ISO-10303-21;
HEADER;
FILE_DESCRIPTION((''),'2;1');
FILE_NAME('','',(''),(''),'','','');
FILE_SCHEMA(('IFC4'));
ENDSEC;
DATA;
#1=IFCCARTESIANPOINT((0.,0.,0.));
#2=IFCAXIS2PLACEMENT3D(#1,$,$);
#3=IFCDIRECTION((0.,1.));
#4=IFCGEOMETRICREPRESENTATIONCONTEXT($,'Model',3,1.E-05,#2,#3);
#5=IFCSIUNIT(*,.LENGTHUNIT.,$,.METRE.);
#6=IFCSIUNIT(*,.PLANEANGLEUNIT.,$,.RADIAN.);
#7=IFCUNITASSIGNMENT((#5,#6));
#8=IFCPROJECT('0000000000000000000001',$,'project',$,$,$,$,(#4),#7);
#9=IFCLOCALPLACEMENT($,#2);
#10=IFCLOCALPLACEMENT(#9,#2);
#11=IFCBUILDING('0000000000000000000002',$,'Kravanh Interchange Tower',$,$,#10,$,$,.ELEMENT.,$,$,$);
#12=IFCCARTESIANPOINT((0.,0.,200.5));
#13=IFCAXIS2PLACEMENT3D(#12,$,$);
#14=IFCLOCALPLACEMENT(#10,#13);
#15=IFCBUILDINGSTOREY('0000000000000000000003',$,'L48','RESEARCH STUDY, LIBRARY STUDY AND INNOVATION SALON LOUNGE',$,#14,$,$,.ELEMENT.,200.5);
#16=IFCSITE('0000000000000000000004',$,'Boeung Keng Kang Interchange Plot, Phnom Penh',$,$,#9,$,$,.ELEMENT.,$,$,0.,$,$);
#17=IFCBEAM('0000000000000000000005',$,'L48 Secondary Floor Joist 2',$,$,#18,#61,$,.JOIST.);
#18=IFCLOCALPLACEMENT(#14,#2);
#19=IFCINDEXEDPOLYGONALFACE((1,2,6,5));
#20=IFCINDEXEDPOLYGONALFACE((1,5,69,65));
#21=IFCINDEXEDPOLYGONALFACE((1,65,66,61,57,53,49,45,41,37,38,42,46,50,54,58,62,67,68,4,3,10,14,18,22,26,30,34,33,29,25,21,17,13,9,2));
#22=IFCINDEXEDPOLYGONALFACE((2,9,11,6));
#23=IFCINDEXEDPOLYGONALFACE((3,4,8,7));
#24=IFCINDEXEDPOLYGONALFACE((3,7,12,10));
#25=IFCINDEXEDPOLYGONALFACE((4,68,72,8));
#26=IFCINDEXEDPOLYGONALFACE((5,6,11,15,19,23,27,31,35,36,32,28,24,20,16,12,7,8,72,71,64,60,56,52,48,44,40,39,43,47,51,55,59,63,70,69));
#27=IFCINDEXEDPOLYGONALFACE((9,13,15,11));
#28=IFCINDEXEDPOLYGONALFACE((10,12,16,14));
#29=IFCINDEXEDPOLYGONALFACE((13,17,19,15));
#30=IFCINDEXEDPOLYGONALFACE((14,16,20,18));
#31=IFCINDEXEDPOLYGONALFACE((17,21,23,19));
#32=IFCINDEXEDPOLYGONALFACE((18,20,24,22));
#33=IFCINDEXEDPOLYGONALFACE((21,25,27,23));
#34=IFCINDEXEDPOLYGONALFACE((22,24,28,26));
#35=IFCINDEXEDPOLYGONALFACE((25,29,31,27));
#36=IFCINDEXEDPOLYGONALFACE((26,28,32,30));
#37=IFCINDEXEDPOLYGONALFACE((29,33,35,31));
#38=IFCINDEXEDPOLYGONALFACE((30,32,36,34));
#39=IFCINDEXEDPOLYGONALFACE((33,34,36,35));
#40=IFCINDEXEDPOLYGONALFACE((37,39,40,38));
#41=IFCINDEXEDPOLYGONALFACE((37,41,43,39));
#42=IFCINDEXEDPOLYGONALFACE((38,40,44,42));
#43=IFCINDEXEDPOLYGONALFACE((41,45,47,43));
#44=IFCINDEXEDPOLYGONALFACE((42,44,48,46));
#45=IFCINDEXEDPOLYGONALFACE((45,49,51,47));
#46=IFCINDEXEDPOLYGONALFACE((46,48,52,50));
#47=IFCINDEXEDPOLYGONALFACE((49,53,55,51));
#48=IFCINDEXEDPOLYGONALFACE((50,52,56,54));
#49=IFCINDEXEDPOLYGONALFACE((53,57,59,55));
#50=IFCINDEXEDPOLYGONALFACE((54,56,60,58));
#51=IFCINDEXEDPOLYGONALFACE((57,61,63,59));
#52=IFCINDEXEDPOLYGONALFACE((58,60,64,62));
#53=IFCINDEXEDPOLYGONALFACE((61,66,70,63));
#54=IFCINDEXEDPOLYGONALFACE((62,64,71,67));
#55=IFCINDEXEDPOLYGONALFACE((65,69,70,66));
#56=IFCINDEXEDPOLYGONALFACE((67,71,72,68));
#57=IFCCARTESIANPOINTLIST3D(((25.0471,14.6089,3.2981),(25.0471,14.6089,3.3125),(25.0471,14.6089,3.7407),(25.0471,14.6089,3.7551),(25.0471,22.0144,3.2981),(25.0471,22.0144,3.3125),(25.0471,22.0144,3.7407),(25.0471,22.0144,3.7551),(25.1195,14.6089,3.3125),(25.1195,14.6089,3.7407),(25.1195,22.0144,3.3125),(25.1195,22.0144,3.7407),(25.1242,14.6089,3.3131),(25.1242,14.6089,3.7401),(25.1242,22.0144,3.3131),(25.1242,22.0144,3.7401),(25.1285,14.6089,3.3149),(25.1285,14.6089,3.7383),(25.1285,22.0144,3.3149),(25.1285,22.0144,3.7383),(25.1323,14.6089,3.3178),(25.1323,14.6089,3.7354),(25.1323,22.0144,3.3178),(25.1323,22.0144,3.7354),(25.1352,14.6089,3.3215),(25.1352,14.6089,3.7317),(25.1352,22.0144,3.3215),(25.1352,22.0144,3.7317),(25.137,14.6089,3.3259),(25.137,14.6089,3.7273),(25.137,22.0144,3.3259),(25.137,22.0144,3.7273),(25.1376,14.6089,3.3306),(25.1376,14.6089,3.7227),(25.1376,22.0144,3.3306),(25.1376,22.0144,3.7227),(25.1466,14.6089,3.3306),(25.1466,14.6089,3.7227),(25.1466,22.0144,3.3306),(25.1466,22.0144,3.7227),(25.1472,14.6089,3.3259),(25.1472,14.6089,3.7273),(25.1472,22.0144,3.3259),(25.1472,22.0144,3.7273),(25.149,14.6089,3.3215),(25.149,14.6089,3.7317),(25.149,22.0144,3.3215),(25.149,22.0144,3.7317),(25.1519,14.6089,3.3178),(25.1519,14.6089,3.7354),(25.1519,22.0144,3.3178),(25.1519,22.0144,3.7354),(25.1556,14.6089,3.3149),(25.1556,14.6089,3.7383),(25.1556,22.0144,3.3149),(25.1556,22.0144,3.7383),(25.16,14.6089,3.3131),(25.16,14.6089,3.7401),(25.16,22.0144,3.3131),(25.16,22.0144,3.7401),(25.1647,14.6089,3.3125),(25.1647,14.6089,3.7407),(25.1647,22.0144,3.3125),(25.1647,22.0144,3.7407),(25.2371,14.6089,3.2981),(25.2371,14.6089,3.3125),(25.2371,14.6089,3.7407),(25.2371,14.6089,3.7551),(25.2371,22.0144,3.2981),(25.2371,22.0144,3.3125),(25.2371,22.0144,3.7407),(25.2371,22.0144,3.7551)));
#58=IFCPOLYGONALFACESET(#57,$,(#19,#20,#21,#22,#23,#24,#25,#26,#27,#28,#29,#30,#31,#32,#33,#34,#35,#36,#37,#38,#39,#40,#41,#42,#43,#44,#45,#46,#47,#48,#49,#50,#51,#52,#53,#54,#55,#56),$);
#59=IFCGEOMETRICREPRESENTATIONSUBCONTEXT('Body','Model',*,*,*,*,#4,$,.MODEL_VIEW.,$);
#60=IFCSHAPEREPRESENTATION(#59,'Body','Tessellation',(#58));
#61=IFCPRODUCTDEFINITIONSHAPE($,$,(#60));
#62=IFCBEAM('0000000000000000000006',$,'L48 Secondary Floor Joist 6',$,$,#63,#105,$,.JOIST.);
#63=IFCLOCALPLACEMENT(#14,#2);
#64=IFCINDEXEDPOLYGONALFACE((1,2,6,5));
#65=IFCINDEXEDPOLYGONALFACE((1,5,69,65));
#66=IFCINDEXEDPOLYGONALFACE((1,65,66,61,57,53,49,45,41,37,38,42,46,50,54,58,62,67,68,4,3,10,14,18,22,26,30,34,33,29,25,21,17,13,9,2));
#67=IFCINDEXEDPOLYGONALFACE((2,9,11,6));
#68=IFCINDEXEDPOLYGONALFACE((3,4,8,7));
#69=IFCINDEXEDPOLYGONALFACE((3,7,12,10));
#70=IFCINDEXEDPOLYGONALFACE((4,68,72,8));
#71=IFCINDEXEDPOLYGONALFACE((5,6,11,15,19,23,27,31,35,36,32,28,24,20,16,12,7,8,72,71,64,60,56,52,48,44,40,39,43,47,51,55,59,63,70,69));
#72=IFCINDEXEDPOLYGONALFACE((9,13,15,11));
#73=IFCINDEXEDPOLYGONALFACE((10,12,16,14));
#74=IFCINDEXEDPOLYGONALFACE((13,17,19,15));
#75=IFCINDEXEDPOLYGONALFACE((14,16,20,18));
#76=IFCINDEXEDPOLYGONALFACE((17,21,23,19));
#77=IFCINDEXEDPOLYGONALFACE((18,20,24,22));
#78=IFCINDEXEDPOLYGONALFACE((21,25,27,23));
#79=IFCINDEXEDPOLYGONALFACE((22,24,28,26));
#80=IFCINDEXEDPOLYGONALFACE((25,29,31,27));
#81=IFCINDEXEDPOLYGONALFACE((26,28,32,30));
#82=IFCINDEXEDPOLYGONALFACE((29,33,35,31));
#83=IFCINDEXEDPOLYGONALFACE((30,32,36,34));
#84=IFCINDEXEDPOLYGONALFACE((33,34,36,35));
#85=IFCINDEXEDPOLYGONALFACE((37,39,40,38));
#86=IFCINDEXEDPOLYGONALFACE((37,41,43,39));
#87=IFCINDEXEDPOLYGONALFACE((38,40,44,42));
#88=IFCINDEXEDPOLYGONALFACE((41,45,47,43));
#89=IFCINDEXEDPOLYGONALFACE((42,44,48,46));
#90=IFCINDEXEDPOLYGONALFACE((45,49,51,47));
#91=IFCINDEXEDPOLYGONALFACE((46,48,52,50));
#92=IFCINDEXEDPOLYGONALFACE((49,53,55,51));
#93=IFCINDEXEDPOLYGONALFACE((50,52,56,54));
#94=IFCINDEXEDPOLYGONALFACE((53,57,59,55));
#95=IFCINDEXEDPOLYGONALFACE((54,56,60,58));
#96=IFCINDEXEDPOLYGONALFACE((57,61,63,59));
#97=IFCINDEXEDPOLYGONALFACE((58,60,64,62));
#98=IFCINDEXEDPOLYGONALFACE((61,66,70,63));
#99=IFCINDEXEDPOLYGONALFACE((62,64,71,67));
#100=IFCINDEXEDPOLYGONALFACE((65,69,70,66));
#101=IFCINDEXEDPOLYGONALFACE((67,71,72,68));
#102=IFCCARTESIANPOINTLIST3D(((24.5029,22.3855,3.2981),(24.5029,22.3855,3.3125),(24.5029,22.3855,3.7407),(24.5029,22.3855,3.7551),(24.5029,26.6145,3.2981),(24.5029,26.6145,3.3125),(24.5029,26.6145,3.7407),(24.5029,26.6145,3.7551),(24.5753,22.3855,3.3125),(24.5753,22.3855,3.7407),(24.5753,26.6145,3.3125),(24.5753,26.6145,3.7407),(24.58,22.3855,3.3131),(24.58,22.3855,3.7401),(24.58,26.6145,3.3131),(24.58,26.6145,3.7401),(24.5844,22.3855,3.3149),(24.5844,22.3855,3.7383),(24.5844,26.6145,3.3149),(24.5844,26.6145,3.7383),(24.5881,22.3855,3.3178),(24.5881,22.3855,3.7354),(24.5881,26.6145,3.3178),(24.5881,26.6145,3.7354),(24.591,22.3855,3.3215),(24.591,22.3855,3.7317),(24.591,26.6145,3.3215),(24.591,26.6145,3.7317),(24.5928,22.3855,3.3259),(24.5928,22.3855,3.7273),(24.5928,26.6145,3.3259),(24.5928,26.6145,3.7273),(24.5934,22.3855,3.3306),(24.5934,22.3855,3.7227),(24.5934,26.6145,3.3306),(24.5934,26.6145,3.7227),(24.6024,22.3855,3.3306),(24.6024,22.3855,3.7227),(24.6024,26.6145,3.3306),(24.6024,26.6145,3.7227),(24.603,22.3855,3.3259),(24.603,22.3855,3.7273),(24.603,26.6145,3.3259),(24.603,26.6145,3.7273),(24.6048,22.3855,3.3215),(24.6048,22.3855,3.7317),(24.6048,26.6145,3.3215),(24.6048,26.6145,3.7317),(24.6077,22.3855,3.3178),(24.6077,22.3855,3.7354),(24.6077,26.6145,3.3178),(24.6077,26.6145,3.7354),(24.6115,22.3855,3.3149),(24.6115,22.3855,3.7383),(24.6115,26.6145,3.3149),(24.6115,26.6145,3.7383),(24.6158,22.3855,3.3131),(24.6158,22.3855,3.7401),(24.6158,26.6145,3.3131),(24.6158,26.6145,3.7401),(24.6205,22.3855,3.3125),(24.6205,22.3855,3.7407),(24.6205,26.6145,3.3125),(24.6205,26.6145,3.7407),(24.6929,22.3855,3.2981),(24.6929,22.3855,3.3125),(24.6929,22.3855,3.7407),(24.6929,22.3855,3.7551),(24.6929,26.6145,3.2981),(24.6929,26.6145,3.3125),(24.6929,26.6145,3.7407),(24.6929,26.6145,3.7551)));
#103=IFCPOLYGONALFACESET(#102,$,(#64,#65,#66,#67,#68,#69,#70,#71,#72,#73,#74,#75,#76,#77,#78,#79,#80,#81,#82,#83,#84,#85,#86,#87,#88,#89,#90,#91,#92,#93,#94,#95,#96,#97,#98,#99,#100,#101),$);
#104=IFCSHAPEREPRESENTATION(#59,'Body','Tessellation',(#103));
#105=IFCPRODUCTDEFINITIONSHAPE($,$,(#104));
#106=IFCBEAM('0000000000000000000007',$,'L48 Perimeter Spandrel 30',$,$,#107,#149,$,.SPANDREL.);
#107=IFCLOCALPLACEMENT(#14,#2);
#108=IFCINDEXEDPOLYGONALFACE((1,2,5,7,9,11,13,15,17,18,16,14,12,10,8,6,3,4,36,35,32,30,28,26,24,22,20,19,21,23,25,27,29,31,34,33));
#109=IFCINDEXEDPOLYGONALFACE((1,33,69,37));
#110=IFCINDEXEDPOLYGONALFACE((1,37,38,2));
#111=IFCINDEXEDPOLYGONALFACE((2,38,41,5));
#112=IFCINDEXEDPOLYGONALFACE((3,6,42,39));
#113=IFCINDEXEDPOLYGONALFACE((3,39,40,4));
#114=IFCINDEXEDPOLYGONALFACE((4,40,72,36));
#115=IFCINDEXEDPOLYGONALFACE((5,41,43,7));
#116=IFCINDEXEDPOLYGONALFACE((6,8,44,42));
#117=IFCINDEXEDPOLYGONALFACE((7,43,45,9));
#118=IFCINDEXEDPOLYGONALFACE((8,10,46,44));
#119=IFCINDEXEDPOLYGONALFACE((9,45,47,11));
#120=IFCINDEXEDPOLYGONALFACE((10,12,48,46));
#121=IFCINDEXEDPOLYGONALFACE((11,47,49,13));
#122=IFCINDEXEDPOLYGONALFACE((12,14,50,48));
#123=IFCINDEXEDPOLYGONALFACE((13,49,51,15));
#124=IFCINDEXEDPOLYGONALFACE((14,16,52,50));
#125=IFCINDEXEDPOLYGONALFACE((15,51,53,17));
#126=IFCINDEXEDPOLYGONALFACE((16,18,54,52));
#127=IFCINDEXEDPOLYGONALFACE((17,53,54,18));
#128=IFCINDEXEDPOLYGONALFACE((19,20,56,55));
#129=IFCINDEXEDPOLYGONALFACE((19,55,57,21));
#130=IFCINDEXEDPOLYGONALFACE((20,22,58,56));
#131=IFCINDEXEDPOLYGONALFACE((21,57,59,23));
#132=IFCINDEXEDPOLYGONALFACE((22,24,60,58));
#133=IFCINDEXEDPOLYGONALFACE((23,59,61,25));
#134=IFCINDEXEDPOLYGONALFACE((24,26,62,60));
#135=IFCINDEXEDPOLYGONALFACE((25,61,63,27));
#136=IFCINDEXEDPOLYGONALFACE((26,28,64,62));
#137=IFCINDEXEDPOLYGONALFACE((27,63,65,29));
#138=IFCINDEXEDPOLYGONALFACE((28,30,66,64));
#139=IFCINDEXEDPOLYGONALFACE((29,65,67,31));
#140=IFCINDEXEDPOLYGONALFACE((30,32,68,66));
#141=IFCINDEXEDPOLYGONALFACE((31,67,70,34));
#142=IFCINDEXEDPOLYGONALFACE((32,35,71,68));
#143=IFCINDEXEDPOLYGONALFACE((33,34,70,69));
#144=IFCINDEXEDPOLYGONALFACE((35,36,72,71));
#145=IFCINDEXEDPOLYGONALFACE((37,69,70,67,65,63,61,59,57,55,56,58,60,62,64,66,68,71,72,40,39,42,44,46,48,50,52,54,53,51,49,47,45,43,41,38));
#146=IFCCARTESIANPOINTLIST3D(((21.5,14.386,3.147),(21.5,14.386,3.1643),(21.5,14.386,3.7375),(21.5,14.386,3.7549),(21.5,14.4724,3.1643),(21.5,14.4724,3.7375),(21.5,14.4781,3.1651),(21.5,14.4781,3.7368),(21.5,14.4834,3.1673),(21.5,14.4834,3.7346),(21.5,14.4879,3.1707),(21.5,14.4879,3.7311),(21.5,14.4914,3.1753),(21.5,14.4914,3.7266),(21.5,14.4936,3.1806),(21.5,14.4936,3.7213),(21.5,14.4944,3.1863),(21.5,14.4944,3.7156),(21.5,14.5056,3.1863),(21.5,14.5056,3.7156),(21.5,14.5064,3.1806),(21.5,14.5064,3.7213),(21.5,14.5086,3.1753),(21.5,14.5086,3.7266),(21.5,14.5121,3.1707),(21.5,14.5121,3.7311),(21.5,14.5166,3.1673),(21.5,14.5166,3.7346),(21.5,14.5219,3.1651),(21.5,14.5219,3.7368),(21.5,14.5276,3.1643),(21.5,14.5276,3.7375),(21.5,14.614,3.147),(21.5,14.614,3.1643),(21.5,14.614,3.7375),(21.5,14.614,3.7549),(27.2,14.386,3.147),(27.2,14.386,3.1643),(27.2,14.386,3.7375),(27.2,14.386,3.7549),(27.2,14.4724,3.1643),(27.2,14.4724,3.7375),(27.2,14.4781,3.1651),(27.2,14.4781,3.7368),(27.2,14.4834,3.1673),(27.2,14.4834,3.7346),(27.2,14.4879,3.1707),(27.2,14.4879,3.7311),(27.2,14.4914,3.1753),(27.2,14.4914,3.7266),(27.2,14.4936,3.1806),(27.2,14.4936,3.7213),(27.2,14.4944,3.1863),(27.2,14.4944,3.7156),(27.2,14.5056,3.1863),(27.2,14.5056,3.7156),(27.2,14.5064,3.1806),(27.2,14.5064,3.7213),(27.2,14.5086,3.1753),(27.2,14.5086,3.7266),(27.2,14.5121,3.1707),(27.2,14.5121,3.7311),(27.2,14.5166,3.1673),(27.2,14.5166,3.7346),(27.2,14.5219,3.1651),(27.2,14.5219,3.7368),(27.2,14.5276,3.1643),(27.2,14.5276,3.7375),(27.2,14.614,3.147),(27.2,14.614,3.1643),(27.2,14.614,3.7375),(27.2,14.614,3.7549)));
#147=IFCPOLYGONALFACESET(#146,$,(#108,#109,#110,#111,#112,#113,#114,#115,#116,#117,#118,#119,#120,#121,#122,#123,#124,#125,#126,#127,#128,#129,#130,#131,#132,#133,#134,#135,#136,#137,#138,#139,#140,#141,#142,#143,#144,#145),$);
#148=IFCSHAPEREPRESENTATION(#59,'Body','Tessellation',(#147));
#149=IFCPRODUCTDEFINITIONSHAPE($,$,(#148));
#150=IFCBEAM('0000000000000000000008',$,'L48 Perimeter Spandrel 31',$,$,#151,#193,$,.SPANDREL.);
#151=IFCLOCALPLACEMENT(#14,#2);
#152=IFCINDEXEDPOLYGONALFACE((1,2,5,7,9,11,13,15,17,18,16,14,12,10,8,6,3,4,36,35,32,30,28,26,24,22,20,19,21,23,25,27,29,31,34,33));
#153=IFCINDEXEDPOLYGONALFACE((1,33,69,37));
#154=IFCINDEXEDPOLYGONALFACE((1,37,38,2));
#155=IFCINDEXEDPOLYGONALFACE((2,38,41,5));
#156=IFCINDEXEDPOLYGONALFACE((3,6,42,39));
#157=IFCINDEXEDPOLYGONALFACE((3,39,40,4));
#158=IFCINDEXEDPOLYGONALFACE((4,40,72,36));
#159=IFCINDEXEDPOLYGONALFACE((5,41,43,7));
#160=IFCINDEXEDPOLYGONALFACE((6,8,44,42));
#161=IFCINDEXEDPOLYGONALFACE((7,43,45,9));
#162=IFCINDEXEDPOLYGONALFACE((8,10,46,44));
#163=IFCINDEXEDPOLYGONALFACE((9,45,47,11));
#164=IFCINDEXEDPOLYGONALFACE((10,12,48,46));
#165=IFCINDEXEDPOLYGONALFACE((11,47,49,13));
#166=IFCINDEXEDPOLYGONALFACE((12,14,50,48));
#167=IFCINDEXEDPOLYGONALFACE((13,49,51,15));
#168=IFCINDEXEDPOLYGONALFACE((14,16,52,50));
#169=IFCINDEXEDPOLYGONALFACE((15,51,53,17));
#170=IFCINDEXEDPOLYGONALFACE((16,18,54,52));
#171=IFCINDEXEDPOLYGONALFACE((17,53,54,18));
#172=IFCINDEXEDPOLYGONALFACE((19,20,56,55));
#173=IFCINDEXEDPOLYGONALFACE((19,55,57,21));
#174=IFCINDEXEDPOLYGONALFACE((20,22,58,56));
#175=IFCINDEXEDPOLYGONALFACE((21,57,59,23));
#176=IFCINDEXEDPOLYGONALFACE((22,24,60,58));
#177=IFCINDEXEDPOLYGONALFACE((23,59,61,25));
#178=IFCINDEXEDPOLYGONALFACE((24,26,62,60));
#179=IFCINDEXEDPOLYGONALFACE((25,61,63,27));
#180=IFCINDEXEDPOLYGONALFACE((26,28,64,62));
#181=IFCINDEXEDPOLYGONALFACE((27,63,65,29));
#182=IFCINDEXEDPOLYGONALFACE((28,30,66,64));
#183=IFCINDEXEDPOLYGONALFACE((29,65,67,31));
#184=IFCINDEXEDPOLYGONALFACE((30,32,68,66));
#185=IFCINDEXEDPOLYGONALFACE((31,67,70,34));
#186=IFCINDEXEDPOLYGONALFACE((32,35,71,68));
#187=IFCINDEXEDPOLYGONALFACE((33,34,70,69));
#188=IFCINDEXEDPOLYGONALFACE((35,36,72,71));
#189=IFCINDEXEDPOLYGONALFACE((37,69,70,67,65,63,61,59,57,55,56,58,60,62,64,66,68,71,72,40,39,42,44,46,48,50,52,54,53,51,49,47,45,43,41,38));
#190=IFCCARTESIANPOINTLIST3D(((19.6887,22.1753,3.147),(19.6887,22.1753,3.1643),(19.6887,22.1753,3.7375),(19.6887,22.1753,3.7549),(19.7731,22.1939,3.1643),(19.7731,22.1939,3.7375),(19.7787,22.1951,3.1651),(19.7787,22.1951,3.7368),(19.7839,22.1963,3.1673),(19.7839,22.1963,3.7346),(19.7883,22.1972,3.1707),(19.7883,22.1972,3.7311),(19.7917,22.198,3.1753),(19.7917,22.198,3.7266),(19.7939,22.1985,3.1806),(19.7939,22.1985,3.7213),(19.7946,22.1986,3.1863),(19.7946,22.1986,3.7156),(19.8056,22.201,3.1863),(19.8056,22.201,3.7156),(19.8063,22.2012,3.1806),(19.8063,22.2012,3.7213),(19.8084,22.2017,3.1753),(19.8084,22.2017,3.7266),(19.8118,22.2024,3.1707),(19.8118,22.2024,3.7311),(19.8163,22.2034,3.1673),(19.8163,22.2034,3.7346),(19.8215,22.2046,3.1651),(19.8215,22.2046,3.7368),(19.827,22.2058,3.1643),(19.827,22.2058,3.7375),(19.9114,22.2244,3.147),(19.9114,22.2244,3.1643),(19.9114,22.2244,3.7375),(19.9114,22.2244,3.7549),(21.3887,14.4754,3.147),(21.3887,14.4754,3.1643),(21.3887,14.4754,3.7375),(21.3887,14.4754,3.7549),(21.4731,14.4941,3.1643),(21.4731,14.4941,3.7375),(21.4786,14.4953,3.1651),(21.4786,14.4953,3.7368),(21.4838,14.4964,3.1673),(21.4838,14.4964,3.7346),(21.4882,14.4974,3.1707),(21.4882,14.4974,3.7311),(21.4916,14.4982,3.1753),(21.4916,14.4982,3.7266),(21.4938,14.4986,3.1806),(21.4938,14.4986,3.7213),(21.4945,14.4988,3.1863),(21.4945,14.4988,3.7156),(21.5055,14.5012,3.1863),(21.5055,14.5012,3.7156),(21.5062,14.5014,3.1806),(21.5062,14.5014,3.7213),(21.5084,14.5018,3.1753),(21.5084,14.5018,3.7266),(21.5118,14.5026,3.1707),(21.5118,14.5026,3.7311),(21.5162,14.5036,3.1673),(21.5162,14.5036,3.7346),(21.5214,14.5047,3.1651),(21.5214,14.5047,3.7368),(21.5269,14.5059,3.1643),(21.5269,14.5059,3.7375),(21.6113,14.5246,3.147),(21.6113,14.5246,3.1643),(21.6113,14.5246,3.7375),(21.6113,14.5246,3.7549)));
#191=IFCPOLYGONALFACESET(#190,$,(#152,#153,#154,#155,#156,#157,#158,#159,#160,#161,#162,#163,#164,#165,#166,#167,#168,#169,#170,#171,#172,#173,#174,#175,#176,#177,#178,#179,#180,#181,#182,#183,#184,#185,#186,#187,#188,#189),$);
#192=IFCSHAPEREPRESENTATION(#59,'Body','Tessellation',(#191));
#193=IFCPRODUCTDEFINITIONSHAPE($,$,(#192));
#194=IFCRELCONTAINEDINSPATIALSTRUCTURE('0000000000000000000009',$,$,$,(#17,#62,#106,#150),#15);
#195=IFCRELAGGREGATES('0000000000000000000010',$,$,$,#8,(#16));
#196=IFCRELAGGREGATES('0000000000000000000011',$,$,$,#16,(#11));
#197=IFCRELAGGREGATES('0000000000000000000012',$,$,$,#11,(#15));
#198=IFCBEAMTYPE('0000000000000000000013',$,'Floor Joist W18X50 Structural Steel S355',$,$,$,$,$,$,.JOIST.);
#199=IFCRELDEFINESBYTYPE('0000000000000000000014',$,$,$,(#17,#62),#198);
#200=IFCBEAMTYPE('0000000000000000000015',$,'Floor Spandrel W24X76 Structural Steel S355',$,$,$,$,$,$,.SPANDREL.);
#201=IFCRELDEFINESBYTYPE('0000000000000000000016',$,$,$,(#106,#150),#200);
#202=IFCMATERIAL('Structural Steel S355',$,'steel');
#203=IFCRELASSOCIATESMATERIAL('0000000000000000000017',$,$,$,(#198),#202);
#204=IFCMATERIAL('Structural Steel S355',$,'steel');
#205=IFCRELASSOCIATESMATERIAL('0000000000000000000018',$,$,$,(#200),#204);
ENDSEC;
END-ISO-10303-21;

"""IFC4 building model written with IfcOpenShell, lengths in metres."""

from ifc_helpers import new_model, si_unit, direction, frame, origin, origin_2d, place, context, subcontext, project, spatial, i_section, extrude, material, material_profile, profile_set, type_object, element, save


model = new_model("IFC4")

# Units and contexts
model_context = context("Model", 3, precision=1e-05, world=origin(), true_north=direction((0.0, 1.0)))
body_context = subcontext(model_context, "Body", "Model", "MODEL_VIEW")
ifc_project = project(units=[si_unit("LENGTHUNIT", "METRE"), si_unit("PLANEANGLEUNIT", "RADIAN")], contexts=[model_context])

# Site, building, storey
site_placement = place(None, origin())
site = spatial("IfcSite", under=ifc_project, at=site_placement, Name="Boeung Keng Kang Interchange Plot, Phnom Penh", CompositionType="ELEMENT", RefElevation=0.0)
building_placement = place(site_placement, origin())
building = spatial("IfcBuilding", under=site, at=building_placement, Name="Kravanh Interchange Tower", CompositionType="ELEMENT")
storey_placement = place(building_placement, frame((0.0, 0.0, 200.5)))
storey = spatial("IfcBuildingStorey", under=building, at=storey_placement, Name="L48", Description="RESEARCH STUDY, LIBRARY STUDY AND INNOVATION SALON LOUNGE", CompositionType="ELEMENT", Elevation=200.5)

# Beams
ifc_material_1 = material(Name="Structural Steel S355", Category="steel")
ifc_material_profile_1 = material_profile(ifc_material_1, i_section(OverallWidth=0.1899, OverallDepth=0.457, WebThickness=0.009, FlangeThickness=0.0144, FilletRadius=0.0181, at=origin_2d()), Name="W18X50")
ifc_profile_set_1 = profile_set([ifc_material_profile_1], Name="Structural Steel S355")
beam_type_1 = type_object("IfcBeamType", Name="Floor Joist W18X50 Structural Steel S355", PredefinedType="JOIST", material=ifc_profile_set_1)
for number, where, z_axis, x_axis, name in (
    (1, (25.1421, 14.6089, 3.5266), (0.0, 1.0, 0.0), (-1.0, 0.0, 0.0), "L48 Secondary Floor Joist 2"),
):
    element("IfcBeam", number, at=place(storey_placement, frame(where, z_axis=z_axis, x_axis=x_axis)), inside=storey, type_object=beam_type_1, Name=name, PredefinedType="JOIST", context=body_context, shape_type="SweptSolid", body=[
        extrude(i_section(OverallWidth=0.1899, OverallDepth=0.457, WebThickness=0.009, FlangeThickness=0.0144, FilletRadius=0.0181, at=origin_2d()), origin(), (0.0, 0.0, 1.0), 7.4055),
    ])
beam_1_placement = place(storey_placement, frame((24.5979, 22.3855, 3.5266), z_axis=(0.0, 1.0, 0.0), x_axis=(-1.0, 0.0, 0.0)))
element("IfcBeam", 2, at=beam_1_placement, inside=storey, type_object=beam_type_1, Name="L48 Secondary Floor Joist 6", PredefinedType="JOIST", context=body_context, shape_type="SweptSolid", body=[
    extrude(i_section(OverallWidth=0.1899, OverallDepth=0.457, WebThickness=0.009, FlangeThickness=0.0144, FilletRadius=0.0181, at=origin_2d()), origin(), (0.0, 0.0, 1.0), 4.229),
])
ifc_material_2 = material(Name="Structural Steel S355", Category="steel")
ifc_material_profile_2 = material_profile(ifc_material_2, i_section(OverallWidth=0.228, OverallDepth=0.6079, WebThickness=0.0112, FlangeThickness=0.0173, FilletRadius=0.022, at=origin_2d()), Name="W24X76")
ifc_profile_set_2 = profile_set([ifc_material_profile_2], Name="Structural Steel S355")
beam_type_2 = type_object("IfcBeamType", Name="Floor Spandrel W24X76 Structural Steel S355", PredefinedType="SPANDREL", material=ifc_profile_set_2)
beam_2_placement = place(storey_placement, frame((21.5, 14.5, 3.4509), z_axis=(1.0, 0.0, 0.0), x_axis=(0.0, 1.0, 0.0)))
element("IfcBeam", 3, at=beam_2_placement, inside=storey, type_object=beam_type_2, Name="L48 Perimeter Spandrel 30", PredefinedType="SPANDREL", context=body_context, shape_type="SweptSolid", body=[
    extrude(i_section(OverallWidth=0.228, OverallDepth=0.6079, WebThickness=0.0112, FlangeThickness=0.0173, FilletRadius=0.022, at=origin_2d()), origin(), (0.0, 0.0, 1.0), 5.7),
])
beam_3_placement = place(storey_placement, frame((21.5, 14.5, 3.4509), z_axis=(-0.215583, 0.976486, 0.0), x_axis=(-0.976486, -0.215583, 0.0)))
element("IfcBeam", 4, at=beam_3_placement, inside=storey, type_object=beam_type_2, Name="L48 Perimeter Spandrel 31", PredefinedType="SPANDREL", context=body_context, shape_type="SweptSolid", body=[
    extrude(i_section(OverallWidth=0.228, OverallDepth=0.6079, WebThickness=0.0112, FlangeThickness=0.0173, FilletRadius=0.022, at=origin_2d()), origin(), (0.0, 0.0, 1.0), 7.8853),
])

save(model, "model.ifc")
